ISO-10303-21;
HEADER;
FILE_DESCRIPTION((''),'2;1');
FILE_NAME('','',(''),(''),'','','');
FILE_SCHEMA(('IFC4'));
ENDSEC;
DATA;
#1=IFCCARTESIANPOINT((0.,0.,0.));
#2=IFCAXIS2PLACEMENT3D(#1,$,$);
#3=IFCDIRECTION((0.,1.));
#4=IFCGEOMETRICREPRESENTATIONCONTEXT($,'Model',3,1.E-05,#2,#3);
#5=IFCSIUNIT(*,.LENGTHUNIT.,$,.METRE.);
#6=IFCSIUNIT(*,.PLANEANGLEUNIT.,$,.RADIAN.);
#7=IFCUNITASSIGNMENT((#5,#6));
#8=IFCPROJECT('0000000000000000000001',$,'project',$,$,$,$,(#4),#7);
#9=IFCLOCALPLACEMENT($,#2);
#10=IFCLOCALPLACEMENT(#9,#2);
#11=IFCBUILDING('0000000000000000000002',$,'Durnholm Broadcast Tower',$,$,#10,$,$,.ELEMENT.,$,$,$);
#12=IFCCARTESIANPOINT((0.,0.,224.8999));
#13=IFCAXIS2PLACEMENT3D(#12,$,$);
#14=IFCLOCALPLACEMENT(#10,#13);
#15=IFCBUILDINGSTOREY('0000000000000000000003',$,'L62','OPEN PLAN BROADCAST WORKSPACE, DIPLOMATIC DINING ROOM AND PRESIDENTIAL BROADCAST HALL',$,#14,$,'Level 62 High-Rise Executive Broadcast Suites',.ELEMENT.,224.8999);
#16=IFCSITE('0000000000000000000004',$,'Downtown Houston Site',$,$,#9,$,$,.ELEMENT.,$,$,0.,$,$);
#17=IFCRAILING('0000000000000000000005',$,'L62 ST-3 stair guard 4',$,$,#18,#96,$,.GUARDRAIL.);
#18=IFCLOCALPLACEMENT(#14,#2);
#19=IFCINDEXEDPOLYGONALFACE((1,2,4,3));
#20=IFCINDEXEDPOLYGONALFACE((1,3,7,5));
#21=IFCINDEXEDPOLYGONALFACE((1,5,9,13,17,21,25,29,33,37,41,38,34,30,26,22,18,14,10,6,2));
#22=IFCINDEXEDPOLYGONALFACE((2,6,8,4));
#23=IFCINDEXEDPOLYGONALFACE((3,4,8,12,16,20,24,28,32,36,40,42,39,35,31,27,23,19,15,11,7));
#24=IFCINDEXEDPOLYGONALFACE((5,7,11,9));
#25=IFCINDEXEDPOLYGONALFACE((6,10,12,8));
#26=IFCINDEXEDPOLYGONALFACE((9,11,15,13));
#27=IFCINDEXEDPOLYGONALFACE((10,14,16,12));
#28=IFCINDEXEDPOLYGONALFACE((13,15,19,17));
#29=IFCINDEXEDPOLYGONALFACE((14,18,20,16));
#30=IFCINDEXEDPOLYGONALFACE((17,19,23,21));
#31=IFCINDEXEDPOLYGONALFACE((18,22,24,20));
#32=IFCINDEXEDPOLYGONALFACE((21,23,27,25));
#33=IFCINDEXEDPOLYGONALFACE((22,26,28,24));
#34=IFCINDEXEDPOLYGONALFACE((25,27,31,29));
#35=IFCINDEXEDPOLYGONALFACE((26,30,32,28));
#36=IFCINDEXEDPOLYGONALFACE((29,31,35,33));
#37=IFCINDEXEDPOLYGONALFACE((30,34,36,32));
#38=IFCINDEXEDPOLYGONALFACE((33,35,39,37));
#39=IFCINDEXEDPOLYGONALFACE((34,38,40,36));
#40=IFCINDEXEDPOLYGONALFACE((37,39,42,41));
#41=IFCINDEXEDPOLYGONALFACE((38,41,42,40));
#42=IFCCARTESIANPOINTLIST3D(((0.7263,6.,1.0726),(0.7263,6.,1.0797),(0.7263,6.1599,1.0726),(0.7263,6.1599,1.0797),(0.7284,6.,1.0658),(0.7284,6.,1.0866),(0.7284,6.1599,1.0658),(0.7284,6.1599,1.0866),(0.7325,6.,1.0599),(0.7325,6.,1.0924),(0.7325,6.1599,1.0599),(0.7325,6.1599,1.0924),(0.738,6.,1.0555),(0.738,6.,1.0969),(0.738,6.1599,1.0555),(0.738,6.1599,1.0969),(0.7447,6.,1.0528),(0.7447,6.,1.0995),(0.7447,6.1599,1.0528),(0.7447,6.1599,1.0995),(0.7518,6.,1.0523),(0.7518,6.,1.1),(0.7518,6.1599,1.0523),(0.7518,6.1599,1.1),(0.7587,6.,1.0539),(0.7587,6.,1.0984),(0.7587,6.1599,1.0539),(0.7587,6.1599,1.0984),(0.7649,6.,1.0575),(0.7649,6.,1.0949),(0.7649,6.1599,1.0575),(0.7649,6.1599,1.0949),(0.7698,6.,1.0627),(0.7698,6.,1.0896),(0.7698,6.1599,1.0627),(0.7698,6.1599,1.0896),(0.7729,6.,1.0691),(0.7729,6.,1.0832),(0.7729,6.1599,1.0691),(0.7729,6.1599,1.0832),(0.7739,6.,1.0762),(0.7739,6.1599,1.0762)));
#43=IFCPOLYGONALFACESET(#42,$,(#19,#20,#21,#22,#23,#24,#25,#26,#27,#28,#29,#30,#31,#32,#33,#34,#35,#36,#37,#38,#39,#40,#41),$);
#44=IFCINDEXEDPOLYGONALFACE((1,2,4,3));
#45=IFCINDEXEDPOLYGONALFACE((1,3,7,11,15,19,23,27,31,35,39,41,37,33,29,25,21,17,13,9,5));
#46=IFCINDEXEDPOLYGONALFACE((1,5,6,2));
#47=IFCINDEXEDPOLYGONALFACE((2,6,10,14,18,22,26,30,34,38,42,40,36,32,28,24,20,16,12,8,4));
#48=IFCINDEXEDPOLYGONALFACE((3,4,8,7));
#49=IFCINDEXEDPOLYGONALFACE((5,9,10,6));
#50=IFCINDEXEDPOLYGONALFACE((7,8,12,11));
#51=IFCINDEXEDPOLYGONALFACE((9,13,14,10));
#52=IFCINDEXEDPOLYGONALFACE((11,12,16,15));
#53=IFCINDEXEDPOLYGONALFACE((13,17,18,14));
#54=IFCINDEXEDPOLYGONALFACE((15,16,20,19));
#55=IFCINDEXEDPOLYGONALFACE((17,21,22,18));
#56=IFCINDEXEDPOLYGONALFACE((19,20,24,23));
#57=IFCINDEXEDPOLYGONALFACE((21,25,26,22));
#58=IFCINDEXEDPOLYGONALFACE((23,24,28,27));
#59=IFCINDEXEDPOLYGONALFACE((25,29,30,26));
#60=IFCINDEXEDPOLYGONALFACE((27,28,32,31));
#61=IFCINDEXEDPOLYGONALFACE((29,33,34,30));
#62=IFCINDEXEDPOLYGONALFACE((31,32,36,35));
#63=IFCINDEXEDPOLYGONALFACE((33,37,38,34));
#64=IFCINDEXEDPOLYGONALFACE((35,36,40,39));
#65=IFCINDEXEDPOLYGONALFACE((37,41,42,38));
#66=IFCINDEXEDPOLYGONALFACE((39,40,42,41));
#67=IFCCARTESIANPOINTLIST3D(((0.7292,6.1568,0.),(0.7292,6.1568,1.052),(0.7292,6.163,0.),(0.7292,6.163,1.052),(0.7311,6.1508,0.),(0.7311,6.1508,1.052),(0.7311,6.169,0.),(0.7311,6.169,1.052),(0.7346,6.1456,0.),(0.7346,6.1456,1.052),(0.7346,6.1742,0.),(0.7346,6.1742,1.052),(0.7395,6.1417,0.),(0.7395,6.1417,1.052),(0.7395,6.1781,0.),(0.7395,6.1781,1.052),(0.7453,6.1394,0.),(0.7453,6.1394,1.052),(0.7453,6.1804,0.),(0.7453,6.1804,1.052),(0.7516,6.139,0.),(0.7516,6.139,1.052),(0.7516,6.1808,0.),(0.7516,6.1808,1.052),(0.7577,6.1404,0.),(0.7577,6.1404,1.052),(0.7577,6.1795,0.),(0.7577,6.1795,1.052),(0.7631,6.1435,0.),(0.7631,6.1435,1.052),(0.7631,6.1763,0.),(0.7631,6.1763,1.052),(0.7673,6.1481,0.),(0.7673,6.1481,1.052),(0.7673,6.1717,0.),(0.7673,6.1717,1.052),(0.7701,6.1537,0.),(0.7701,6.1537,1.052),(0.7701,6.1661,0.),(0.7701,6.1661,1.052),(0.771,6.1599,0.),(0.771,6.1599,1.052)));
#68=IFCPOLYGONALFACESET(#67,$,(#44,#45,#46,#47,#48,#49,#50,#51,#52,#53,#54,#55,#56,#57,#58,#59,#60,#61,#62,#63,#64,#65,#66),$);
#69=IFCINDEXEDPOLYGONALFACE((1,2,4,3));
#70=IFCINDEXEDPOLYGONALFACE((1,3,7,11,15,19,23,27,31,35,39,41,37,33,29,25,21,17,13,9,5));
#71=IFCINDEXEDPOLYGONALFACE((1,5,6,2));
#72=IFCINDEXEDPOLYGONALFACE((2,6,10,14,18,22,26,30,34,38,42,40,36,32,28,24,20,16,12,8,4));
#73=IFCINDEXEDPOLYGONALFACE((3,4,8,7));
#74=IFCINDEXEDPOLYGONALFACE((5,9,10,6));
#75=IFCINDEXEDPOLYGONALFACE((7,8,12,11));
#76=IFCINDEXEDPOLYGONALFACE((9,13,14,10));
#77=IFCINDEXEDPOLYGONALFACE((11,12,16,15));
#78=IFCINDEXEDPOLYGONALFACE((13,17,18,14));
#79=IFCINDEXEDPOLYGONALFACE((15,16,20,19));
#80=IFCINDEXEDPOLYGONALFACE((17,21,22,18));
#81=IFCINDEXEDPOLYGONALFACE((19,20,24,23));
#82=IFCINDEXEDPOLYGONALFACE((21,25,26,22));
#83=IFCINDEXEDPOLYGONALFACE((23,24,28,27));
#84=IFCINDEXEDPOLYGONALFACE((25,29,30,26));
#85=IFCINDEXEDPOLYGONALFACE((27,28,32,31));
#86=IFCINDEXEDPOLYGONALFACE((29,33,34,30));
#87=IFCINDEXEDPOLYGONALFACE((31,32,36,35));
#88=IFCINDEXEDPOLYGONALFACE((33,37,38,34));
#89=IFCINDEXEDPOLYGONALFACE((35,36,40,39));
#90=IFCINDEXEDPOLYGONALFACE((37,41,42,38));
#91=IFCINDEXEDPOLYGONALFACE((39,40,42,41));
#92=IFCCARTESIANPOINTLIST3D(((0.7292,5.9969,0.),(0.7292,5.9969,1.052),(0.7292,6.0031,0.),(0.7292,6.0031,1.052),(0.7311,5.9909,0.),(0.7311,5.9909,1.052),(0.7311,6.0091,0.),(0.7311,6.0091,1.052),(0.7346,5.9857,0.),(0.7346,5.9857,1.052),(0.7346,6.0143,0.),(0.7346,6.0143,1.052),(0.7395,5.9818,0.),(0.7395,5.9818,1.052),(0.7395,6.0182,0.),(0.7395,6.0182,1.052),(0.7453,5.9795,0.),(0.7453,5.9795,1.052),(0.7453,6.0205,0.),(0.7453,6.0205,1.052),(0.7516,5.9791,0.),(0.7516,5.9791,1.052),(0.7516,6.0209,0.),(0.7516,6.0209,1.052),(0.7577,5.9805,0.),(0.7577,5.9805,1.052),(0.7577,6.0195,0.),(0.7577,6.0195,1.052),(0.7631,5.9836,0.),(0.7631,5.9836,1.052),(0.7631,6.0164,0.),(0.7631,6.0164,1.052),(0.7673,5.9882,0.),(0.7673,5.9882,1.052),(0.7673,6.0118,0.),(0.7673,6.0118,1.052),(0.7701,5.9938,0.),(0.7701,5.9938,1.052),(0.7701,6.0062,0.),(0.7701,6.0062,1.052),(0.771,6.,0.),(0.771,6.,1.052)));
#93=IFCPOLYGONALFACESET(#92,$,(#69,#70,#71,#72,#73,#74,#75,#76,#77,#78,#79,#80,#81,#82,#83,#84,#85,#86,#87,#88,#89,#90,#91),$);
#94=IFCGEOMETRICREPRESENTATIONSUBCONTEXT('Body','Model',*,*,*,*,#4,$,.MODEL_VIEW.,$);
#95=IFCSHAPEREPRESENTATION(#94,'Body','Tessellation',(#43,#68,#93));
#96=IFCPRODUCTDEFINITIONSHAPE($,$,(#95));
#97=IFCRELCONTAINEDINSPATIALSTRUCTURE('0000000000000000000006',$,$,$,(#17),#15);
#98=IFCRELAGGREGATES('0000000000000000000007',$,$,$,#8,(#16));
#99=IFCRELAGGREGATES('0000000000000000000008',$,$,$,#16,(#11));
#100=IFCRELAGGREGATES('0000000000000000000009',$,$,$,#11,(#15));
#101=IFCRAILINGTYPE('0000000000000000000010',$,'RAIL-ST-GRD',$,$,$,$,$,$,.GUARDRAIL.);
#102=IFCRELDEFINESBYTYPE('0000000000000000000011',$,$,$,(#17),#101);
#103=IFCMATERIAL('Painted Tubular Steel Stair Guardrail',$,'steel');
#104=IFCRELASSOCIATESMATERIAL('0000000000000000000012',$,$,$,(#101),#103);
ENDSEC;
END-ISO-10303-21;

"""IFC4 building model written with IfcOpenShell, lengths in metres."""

from ifc_helpers import new_model, si_unit, direction, frame, origin, origin_2d, place, context, subcontext, project, spatial, circle, extrude, material, type_object, element, save


model = new_model("IFC4")

# Units and contexts
model_context = context("Model", 3, precision=1e-05, world=origin(), true_north=direction((0.0, 1.0)))
body_context = subcontext(model_context, "Body", "Model", "MODEL_VIEW")
ifc_project = project(units=[si_unit("LENGTHUNIT", "METRE"), si_unit("PLANEANGLEUNIT", "RADIAN")], contexts=[model_context])

# Site, building, storey
site_placement = place(None, origin())
site = spatial("IfcSite", under=ifc_project, at=site_placement, Name="Downtown Houston Site", CompositionType="ELEMENT", RefElevation=0.0)
building_placement = place(site_placement, origin())
building = spatial("IfcBuilding", under=site, at=building_placement, Name="Durnholm Broadcast Tower", CompositionType="ELEMENT")
storey_placement = place(building_placement, frame((0.0, 0.0, 224.8999)))
storey = spatial("IfcBuildingStorey", under=building, at=storey_placement, Name="L62", Description="OPEN PLAN BROADCAST WORKSPACE, DIPLOMATIC DINING ROOM AND PRESIDENTIAL BROADCAST HALL", LongName="Level 62 High-Rise Executive Broadcast Suites", CompositionType="ELEMENT", Elevation=224.8999)

# Railing
ifc_material_1 = material(Name="Painted Tubular Steel Stair Guardrail", Category="steel")
railing_type_1 = type_object("IfcRailingType", Name="RAIL-ST-GRD", PredefinedType="GUARDRAIL", material=ifc_material_1)
railing_1_placement = place(storey_placement, frame((0.75, 6.1599, 0.0)))
element("IfcRailing", 1, at=railing_1_placement, inside=storey, type_object=railing_type_1, Name="L62 ST-3 stair guard 4", PredefinedType="GUARDRAIL", context=body_context, shape_type="SweptSolid", body=[
    extrude(circle(Radius=0.0239, at=origin_2d()), frame((0.0, 0.0, 1.0762), z_axis=(0.0, -1.0, 0.0), x_axis=(1.0, 0.0, 0.0)), (0.0, 0.0, 1.0), 0.1599),
    extrude(circle(Radius=0.021, at=origin_2d()), origin(), (0.0, 0.0, 1.0), 1.052),
    extrude(circle(Radius=0.021, at=origin_2d()), frame((0.0, -0.1599, 0.0)), (0.0, 0.0, 1.0), 1.052),
])

save(model, "model.ifc")
